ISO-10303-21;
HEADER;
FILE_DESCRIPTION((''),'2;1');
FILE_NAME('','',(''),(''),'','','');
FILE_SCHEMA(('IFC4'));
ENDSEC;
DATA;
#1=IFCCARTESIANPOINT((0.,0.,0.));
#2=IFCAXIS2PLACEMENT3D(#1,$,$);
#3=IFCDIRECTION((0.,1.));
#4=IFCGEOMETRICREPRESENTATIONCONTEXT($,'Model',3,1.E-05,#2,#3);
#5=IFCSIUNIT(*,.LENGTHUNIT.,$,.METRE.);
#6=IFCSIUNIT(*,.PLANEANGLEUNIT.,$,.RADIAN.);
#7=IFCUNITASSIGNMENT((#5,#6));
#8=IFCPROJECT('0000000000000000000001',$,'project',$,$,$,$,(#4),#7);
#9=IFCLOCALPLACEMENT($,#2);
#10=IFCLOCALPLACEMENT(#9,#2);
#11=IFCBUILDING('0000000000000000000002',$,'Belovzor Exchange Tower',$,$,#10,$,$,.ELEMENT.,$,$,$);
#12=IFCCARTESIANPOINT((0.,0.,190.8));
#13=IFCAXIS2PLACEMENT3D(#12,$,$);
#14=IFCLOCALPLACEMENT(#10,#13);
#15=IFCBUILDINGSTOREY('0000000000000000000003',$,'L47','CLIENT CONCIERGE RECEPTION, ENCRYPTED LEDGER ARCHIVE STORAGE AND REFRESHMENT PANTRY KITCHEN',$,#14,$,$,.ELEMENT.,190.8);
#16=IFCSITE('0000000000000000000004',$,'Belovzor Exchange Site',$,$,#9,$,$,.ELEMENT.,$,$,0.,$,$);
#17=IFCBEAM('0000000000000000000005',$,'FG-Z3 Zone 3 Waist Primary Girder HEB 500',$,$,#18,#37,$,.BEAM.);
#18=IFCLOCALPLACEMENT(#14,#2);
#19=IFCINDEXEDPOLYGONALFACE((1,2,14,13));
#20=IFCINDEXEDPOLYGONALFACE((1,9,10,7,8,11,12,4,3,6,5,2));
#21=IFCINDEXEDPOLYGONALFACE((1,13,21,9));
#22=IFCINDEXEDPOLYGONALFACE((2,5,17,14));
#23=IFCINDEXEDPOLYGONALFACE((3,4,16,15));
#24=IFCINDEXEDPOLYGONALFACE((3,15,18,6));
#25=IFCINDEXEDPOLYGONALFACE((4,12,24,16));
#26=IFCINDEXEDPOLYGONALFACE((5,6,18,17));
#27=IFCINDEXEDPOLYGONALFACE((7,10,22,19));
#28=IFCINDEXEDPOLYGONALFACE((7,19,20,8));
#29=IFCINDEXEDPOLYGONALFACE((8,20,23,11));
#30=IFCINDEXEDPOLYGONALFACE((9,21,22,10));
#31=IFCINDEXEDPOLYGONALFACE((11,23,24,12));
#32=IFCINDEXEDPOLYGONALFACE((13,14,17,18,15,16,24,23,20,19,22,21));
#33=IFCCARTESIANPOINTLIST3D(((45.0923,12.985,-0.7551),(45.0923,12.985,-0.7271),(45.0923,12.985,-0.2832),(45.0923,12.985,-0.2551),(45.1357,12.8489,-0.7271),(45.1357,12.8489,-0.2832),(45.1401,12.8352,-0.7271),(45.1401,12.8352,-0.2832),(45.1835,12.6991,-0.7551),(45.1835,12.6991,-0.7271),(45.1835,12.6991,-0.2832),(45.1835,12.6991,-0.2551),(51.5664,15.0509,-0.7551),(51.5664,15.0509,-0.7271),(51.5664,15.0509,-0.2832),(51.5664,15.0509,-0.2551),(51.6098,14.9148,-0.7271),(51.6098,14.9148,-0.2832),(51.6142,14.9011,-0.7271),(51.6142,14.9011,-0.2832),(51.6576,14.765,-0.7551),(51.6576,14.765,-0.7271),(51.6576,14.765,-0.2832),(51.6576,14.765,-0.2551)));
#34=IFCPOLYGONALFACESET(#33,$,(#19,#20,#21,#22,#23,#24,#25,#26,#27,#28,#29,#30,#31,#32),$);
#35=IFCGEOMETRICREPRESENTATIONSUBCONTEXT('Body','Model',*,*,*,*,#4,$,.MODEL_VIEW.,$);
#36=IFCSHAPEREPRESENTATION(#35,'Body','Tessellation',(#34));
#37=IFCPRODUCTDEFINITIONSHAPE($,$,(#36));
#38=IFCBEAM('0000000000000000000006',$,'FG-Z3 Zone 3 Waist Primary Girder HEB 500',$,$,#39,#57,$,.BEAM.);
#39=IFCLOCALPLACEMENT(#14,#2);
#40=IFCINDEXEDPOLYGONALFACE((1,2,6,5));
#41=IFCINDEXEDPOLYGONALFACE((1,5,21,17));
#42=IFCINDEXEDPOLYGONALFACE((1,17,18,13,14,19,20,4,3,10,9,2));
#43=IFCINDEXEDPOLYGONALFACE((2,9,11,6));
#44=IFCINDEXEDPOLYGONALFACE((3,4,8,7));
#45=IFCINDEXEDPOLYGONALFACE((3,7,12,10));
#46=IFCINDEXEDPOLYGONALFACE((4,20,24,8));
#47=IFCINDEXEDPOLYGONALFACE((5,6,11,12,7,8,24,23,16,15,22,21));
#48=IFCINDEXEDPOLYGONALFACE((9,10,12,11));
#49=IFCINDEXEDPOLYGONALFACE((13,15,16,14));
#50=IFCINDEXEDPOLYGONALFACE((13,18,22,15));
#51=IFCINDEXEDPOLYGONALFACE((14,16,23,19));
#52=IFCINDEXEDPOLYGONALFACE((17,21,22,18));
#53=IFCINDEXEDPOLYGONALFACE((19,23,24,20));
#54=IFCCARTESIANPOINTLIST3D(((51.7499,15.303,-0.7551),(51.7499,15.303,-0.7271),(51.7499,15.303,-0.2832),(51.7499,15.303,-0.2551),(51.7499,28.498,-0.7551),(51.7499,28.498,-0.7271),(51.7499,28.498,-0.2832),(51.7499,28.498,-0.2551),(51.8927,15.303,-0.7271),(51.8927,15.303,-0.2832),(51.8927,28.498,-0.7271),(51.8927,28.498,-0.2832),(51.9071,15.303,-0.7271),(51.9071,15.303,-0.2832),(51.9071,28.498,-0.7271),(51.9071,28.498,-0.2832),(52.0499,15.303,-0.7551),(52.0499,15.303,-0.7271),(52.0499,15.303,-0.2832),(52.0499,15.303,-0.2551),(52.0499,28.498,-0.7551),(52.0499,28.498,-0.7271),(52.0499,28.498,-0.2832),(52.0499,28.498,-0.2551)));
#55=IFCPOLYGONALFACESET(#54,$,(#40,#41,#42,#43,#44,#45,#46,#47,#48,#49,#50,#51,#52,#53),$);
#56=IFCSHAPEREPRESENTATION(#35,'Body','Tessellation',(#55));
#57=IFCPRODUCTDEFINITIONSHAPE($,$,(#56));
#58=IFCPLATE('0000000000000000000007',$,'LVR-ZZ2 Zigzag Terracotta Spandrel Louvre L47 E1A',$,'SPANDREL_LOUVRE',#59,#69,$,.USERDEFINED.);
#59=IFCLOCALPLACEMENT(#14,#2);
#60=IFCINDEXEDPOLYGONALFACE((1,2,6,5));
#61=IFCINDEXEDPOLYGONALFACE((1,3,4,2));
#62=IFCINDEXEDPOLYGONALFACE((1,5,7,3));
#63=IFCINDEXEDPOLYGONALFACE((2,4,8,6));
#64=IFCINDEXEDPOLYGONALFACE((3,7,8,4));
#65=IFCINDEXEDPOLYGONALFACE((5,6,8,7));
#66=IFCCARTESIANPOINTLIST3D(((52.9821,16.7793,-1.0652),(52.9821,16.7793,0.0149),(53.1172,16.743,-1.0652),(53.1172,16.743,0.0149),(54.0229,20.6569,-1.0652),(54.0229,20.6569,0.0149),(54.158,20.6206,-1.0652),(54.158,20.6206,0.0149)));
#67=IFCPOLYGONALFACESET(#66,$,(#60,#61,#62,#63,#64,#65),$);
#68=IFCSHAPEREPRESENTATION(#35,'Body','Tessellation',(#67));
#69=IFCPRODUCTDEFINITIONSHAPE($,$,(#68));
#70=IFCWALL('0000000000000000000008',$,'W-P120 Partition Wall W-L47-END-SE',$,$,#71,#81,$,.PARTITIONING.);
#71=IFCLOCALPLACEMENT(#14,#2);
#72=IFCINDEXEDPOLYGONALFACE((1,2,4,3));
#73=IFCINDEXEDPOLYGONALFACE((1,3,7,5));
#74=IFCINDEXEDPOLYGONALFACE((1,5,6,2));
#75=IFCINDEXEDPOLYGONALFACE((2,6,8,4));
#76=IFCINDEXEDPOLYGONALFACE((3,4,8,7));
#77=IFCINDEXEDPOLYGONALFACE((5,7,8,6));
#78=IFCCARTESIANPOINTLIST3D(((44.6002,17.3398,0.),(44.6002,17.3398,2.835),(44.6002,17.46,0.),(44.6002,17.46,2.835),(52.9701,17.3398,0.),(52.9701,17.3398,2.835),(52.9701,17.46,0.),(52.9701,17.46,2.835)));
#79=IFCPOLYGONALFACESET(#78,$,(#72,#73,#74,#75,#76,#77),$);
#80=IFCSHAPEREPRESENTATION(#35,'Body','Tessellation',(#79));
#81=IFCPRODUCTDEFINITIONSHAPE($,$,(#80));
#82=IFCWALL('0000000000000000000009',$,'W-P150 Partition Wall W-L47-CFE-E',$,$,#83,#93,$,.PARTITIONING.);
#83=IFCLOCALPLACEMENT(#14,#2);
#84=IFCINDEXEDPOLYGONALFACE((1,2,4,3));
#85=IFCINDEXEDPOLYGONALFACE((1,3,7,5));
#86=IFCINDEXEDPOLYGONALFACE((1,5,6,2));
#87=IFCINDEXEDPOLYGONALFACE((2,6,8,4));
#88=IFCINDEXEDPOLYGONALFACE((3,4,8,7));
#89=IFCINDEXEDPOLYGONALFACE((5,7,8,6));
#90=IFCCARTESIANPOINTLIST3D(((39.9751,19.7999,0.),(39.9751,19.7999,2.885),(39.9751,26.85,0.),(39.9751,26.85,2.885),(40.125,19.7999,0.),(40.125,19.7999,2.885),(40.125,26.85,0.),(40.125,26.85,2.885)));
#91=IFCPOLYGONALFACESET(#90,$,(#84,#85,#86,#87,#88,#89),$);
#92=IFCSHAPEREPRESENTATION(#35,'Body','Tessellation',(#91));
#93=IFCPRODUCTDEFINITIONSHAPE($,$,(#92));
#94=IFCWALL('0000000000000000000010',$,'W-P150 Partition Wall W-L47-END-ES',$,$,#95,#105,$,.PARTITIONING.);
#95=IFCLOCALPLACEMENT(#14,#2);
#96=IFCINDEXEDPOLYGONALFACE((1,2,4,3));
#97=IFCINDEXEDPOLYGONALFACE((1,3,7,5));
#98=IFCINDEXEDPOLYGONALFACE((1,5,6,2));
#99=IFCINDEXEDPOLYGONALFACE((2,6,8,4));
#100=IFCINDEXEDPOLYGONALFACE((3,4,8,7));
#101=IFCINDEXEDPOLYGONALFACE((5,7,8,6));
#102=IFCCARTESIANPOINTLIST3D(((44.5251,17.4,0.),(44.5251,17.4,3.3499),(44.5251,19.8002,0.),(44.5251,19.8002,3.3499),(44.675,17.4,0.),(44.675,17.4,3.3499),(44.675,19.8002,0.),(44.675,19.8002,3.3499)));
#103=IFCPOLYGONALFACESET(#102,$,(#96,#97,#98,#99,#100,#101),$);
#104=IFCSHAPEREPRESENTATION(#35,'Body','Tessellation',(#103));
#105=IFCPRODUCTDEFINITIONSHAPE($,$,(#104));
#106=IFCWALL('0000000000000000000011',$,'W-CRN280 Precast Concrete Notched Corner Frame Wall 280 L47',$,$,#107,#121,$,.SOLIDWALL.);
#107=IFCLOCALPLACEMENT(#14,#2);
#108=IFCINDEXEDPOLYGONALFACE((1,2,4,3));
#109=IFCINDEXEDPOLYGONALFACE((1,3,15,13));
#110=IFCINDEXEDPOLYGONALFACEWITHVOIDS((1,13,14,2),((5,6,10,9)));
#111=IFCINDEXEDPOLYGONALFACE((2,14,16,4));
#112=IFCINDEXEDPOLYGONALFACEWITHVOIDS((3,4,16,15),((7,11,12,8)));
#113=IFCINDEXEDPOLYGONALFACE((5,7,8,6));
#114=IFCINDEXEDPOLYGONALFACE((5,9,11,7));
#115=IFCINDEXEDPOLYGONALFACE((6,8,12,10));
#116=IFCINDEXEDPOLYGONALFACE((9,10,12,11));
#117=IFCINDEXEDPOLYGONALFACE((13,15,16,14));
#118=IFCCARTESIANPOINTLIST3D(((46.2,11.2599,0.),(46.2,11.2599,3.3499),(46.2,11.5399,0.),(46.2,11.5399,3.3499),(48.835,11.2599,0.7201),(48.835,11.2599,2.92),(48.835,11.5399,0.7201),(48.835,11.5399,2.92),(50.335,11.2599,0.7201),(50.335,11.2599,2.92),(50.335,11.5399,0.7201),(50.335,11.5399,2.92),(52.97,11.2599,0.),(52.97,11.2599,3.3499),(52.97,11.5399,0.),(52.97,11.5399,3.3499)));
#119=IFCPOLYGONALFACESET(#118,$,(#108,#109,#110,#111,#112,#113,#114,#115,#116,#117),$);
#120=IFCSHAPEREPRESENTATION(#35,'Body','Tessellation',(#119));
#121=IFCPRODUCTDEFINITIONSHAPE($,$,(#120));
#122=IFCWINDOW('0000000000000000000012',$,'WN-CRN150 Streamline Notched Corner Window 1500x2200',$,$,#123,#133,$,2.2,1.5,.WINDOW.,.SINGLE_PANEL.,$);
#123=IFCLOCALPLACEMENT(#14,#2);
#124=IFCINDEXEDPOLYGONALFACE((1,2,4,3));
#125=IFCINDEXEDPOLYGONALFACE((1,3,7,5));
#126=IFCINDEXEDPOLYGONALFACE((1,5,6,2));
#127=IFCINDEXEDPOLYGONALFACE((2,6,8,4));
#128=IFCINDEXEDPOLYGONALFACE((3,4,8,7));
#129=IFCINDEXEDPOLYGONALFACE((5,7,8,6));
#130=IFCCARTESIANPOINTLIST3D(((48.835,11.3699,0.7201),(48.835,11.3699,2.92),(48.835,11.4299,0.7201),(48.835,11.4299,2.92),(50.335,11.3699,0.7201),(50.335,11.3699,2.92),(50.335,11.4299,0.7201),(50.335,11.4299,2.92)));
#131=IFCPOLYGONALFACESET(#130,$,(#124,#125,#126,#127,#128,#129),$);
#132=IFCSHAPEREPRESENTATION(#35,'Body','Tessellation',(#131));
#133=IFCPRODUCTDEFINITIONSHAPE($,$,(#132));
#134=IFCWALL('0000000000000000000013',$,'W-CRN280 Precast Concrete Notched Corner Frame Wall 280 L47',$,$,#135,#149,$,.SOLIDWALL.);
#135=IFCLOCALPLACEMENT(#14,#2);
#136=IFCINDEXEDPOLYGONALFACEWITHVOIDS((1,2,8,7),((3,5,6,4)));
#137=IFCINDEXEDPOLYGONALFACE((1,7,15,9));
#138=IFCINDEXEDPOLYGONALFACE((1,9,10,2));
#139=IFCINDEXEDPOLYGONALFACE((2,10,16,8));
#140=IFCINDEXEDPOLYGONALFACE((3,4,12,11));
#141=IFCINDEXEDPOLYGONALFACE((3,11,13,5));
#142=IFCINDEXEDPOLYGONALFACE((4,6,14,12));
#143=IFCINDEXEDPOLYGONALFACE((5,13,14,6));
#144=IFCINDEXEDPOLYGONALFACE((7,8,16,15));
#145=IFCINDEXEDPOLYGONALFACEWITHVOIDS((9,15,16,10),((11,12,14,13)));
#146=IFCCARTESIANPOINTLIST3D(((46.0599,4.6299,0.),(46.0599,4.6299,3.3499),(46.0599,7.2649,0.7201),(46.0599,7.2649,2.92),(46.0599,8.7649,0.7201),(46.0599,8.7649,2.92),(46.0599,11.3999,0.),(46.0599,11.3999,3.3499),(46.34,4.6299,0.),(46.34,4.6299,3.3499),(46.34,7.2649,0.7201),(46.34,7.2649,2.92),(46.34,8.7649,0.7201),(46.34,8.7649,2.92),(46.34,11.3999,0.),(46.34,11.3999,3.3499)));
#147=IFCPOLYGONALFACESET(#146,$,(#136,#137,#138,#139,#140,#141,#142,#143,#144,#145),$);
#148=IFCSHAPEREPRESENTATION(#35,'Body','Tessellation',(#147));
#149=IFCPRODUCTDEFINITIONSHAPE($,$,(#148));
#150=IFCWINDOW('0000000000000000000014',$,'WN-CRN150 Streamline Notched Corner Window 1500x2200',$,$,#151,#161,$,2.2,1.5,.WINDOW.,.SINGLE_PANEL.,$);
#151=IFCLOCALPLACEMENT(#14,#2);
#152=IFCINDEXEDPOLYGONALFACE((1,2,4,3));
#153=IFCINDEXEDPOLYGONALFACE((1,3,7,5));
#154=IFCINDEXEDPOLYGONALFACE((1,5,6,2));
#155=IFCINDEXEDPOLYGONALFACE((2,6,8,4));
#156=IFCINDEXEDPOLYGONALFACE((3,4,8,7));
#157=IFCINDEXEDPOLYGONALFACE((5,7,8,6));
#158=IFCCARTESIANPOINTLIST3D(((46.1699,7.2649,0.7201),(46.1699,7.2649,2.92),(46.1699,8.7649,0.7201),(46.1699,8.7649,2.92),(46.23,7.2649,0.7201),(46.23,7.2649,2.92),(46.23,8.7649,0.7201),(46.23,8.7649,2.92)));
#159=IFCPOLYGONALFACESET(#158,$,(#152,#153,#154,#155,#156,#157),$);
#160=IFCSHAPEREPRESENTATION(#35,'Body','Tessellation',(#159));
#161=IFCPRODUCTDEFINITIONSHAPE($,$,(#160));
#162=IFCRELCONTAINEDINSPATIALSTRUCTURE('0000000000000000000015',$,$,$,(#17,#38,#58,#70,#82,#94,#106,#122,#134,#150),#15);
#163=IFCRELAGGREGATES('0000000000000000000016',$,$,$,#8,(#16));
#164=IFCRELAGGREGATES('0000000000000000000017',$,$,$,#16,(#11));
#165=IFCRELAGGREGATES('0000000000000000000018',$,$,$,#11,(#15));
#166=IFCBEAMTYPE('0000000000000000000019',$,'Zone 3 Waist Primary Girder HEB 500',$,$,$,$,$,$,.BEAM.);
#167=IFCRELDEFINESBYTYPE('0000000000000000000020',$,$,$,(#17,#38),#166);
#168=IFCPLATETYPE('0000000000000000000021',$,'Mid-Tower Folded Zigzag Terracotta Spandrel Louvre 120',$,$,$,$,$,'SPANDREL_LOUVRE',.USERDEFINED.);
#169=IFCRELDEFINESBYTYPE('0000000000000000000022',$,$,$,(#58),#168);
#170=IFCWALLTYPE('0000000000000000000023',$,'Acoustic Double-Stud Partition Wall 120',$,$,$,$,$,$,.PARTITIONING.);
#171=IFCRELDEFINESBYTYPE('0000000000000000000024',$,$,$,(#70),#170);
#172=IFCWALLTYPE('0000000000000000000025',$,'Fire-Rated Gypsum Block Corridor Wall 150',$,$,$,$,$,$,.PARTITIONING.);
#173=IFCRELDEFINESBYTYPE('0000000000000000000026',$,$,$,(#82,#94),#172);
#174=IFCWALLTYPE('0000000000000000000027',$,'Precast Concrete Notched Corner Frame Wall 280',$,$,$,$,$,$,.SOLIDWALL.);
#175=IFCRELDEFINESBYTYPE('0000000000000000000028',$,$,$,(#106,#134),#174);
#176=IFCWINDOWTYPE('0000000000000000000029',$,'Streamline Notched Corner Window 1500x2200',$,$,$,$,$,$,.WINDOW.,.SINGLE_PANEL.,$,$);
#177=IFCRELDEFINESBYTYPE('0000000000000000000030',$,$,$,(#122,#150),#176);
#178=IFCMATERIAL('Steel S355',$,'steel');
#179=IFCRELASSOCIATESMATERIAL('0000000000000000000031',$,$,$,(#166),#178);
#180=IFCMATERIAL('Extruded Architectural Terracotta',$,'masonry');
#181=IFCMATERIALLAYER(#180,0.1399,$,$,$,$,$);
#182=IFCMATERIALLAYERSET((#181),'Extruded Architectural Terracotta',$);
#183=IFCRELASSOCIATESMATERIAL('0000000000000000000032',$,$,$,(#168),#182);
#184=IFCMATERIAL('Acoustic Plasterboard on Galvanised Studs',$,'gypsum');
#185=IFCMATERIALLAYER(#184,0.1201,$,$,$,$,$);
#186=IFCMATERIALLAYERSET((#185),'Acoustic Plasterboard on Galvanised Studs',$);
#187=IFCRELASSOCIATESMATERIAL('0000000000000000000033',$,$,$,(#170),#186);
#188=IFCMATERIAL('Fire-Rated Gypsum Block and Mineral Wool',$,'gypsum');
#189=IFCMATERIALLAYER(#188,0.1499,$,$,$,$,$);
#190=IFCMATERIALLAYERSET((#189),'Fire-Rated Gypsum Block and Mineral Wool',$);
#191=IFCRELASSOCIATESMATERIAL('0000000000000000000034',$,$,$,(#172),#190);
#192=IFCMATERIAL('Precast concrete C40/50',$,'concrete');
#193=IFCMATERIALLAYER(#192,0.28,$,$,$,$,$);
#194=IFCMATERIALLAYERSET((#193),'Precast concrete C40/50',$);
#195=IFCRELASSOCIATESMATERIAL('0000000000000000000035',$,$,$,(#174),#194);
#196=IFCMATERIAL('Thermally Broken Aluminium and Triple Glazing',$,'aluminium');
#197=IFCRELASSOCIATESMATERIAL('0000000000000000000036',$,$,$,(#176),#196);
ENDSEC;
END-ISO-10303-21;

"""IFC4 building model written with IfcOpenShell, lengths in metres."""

from ifc_helpers import new_model, si_unit, direction, frame, frame_2d, origin, origin_2d, place, context, subcontext, project, spatial, rectangle, i_section, extrude, material, layer, layer_set, material_profile, profile_set, type_object, element, fill, save


model = new_model("IFC4")

# Units and contexts
model_context = context("Model", 3, precision=1e-05, world=origin(), true_north=direction((0.0, 1.0)))
body_context = subcontext(model_context, "Body", "Model", "MODEL_VIEW")
ifc_project = project(units=[si_unit("LENGTHUNIT", "METRE"), si_unit("PLANEANGLEUNIT", "RADIAN")], contexts=[model_context])

# Site, building, storey
site_placement = place(None, origin())
site = spatial("IfcSite", under=ifc_project, at=site_placement, Name="Belovzor Exchange Site", CompositionType="ELEMENT", RefElevation=0.0)
building_placement = place(site_placement, origin())
building = spatial("IfcBuilding", under=site, at=building_placement, Name="Belovzor Exchange Tower", CompositionType="ELEMENT")
storey_placement = place(building_placement, frame((0.0, 0.0, 190.8)))
storey = spatial("IfcBuildingStorey", under=building, at=storey_placement, Name="L47", Description="CLIENT CONCIERGE RECEPTION, ENCRYPTED LEDGER ARCHIVE STORAGE AND REFRESHMENT PANTRY KITCHEN", CompositionType="ELEMENT", Elevation=190.8)

# Beams
ifc_material_1 = material(Name="Steel S355", Category="steel")
ifc_material_profile_1 = material_profile(ifc_material_1, i_section(OverallWidth=0.3, OverallDepth=0.5, WebThickness=0.0144, FlangeThickness=0.0281, at=origin_2d()))
ifc_profile_set_1 = profile_set([ifc_material_profile_1], Name="Steel S355")
beam_type_1 = type_object("IfcBeamType", Name="Zone 3 Waist Primary Girder HEB 500", PredefinedType="BEAM", material=ifc_profile_set_1)
for number, where, z_axis, x_axis, name in (
    (1, (45.1379, 12.842, -0.5051), (0.952672, 0.304001, 0.0), (-0.304001, 0.952672, 0.0), "FG-Z3 Zone 3 Waist Primary Girder HEB 500"),
):
    element("IfcBeam", number, at=place(storey_placement, frame(where, z_axis=z_axis, x_axis=x_axis)), inside=storey, type_object=beam_type_1, Name=name, PredefinedType="BEAM", context=body_context, shape_type="SweptSolid", body=[
        extrude(i_section(OverallWidth=0.3, OverallDepth=0.5, WebThickness=0.0144, FlangeThickness=0.0281, at=origin_2d()), origin(), (0.0, 0.0, 1.0), 6.7957),
    ])
beam_1_placement = place(storey_placement, frame((51.8999, 15.303, -0.5051), z_axis=(0.0, 1.0, 0.0), x_axis=(-1.0, 0.0, 0.0)))
element("IfcBeam", 2, at=beam_1_placement, inside=storey, type_object=beam_type_1, Name="FG-Z3 Zone 3 Waist Primary Girder HEB 500", PredefinedType="BEAM", context=body_context, shape_type="SweptSolid", body=[
    extrude(i_section(OverallWidth=0.3, OverallDepth=0.5, WebThickness=0.0144, FlangeThickness=0.0281, at=origin_2d()), origin(), (0.0, 0.0, 1.0), 13.1951),
])

# Plate
ifc_material_2 = material(Name="Extruded Architectural Terracotta", Category="masonry")
ifc_layer_1 = layer(ifc_material_2, 0.1399)
ifc_layer_set_1 = layer_set([ifc_layer_1], Name="Extruded Architectural Terracotta")
plate_type = type_object("IfcPlateType", Name="Mid-Tower Folded Zigzag Terracotta Spandrel Louvre 120", ElementType="SPANDREL_LOUVRE", PredefinedType="USERDEFINED", material=ifc_layer_set_1)
plate_placement = place(storey_placement, frame((53.5701, 18.7, -1.0652), z_axis=(0.0, 0.0, 1.0), x_axis=(0.25924, 0.965813, 0.0)))
element("IfcPlate", 3, at=plate_placement, inside=storey, type_object=plate_type, Name="LVR-ZZ2 Zigzag Terracotta Spandrel Louvre L47 E1A", ObjectType="SPANDREL_LOUVRE", PredefinedType="USERDEFINED", context=body_context, shape_type="SweptSolid", body=[
    extrude(rectangle(XDim=4.0149, YDim=0.1399, at=origin_2d()), origin(), (0.0, 0.0, 1.0), 1.0801),
])

# Walls
ifc_material_3 = material(Name="Acoustic Plasterboard on Galvanised Studs", Category="gypsum")
ifc_layer_2 = layer(ifc_material_3, 0.1201)
ifc_layer_set_2 = layer_set([ifc_layer_2], Name="Acoustic Plasterboard on Galvanised Studs")
wall_type_1 = type_object("IfcWallType", Name="Acoustic Double-Stud Partition Wall 120", PredefinedType="PARTITIONING", material=ifc_layer_set_2)
wall_1_placement = place(storey_placement, frame((44.6001, 17.3999, 0.0), z_axis=(0.0, 0.0, 1.0), x_axis=(1.0, 0.0, 0.0)))
element("IfcWall", 4, at=wall_1_placement, inside=storey, type_object=wall_type_1, Name="W-P120 Partition Wall W-L47-END-SE", PredefinedType="PARTITIONING", context=body_context, shape_type="SweptSolid", body=[
    extrude(rectangle(XDim=8.3699, YDim=0.1201, at=frame_2d((4.1851, 0.0))), origin(), (0.0, 0.0, 1.0), 2.835),
])
ifc_material_4 = material(Name="Fire-Rated Gypsum Block and Mineral Wool", Category="gypsum")
ifc_layer_3 = layer(ifc_material_4, 0.1499)
ifc_layer_set_3 = layer_set([ifc_layer_3], Name="Fire-Rated Gypsum Block and Mineral Wool")
wall_type_2 = type_object("IfcWallType", Name="Fire-Rated Gypsum Block Corridor Wall 150", PredefinedType="PARTITIONING", material=ifc_layer_set_3)
wall_2_placement = place(storey_placement, frame((40.05, 19.8, 0.0), z_axis=(0.0, 0.0, 1.0), x_axis=(0.0, 1.0, 0.0)))
element("IfcWall", 5, at=wall_2_placement, inside=storey, type_object=wall_type_2, Name="W-P150 Partition Wall W-L47-CFE-E", PredefinedType="PARTITIONING", context=body_context, shape_type="SweptSolid", body=[
    extrude(rectangle(XDim=7.05, YDim=0.1499, at=frame_2d((3.5249, 0.0))), origin(), (0.0, 0.0, 1.0), 2.885),
])
wall_3_placement = place(storey_placement, frame((44.6001, 17.3999, 0.0), z_axis=(0.0, 0.0, 1.0), x_axis=(0.0, 1.0, 0.0)))
element("IfcWall", 6, at=wall_3_placement, inside=storey, type_object=wall_type_2, Name="W-P150 Partition Wall W-L47-END-ES", PredefinedType="PARTITIONING", context=body_context, shape_type="SweptSolid", body=[
    extrude(rectangle(XDim=2.4001, YDim=0.1499, at=frame_2d((1.2002, 0.0))), origin(), (0.0, 0.0, 1.0), 3.3499),
])

# Walls, openings, windows
ifc_material_5 = material(Name="Precast concrete C40/50", Category="concrete")
ifc_layer_4 = layer(ifc_material_5, 0.28)
ifc_layer_set_4 = layer_set([ifc_layer_4], Name="Precast concrete C40/50")
wall_type_3 = type_object("IfcWallType", Name="Precast Concrete Notched Corner Frame Wall 280", PredefinedType="SOLIDWALL", material=ifc_layer_set_4)
wall_4_placement = place(storey_placement, frame((52.97, 11.3999, 0.0), z_axis=(0.0, 0.0, 1.0), x_axis=(-1.0, 0.0, 0.0)))
wall_4 = element("IfcWall", 7, at=wall_4_placement, inside=storey, type_object=wall_type_3, Name="W-CRN280 Precast Concrete Notched Corner Frame Wall 280 L47", PredefinedType="SOLIDWALL", context=body_context, shape_type="SweptSolid", body=[
    extrude(rectangle(XDim=6.77, YDim=0.28, at=frame_2d((3.385, 0.0))), origin(), (0.0, 0.0, 1.0), 3.3499),
])
opening_1_placement = place(wall_4_placement, frame((2.635, 0.0, 0.72)))
opening_1 = element("IfcOpeningElement", 8, at=opening_1_placement, cuts=wall_4, PredefinedType="OPENING", context=body_context, shape_type="SweptSolid", body=[
    extrude(rectangle(XDim=1.5, YDim=2.2, at=frame_2d((0.75, 1.1001))), frame((0.0, 0.1499, 0.0), z_axis=(0.0, -1.0, 0.0), x_axis=(1.0, 0.0, 0.0)), (0.0, 0.0, 1.0), 0.3),
])
ifc_material_6 = material(Name="Thermally Broken Aluminium and Triple Glazing", Category="aluminium")
window_type = type_object("IfcWindowType", Name="Streamline Notched Corner Window 1500x2200", PartitioningType="SINGLE_PANEL", PredefinedType="WINDOW", material=ifc_material_6)
window_1_placement = place(opening_1_placement, origin())
window_1 = element("IfcWindow", 9, at=window_1_placement, inside=storey, type_object=window_type, Name="WN-CRN150 Streamline Notched Corner Window 1500x2200", OverallHeight=2.2, OverallWidth=1.5, PartitioningType="SINGLE_PANEL", PredefinedType="WINDOW", context=body_context, shape_type="SweptSolid", body=[
    extrude(rectangle(XDim=1.5, YDim=2.2, at=frame_2d((0.75, 1.1001))), frame((0.0, 0.03, 0.0), z_axis=(0.0, -1.0, 0.0), x_axis=(1.0, 0.0, 0.0)), (0.0, 0.0, 1.0), 0.0601),
])
fill(opening_1, window_1)
wall_5_placement = place(storey_placement, frame((46.2, 11.3999, 0.0), z_axis=(0.0, 0.0, 1.0), x_axis=(0.0, -1.0, 0.0)))
wall_5 = element("IfcWall", 10, at=wall_5_placement, inside=storey, type_object=wall_type_3, Name="W-CRN280 Precast Concrete Notched Corner Frame Wall 280 L47", PredefinedType="SOLIDWALL", context=body_context, shape_type="SweptSolid", body=[
    extrude(rectangle(XDim=6.77, YDim=0.28, at=frame_2d((3.385, 0.0))), origin(), (0.0, 0.0, 1.0), 3.3499),
])
opening_2_placement = place(wall_5_placement, frame((2.635, 0.0, 0.72)))
opening_2 = element("IfcOpeningElement", 11, at=opening_2_placement, cuts=wall_5, PredefinedType="OPENING", context=body_context, shape_type="SweptSolid", body=[
    extrude(rectangle(XDim=1.5, YDim=2.2, at=frame_2d((0.75, 1.1001))), frame((0.0, 0.1499, 0.0), z_axis=(0.0, -1.0, 0.0), x_axis=(1.0, 0.0, 0.0)), (0.0, 0.0, 1.0), 0.3),
])
window_2_placement = place(opening_2_placement, origin())
window_2 = element("IfcWindow", 12, at=window_2_placement, inside=storey, type_object=window_type, Name="WN-CRN150 Streamline Notched Corner Window 1500x2200", OverallHeight=2.2, OverallWidth=1.5, PartitioningType="SINGLE_PANEL", PredefinedType="WINDOW", context=body_context, shape_type="SweptSolid", body=[
    extrude(rectangle(XDim=1.5, YDim=2.2, at=frame_2d((0.75, 1.1001))), frame((0.0, 0.03, 0.0), z_axis=(0.0, -1.0, 0.0), x_axis=(1.0, 0.0, 0.0)), (0.0, 0.0, 1.0), 0.0601),
])
fill(opening_2, window_2)

save(model, "model.ifc")
